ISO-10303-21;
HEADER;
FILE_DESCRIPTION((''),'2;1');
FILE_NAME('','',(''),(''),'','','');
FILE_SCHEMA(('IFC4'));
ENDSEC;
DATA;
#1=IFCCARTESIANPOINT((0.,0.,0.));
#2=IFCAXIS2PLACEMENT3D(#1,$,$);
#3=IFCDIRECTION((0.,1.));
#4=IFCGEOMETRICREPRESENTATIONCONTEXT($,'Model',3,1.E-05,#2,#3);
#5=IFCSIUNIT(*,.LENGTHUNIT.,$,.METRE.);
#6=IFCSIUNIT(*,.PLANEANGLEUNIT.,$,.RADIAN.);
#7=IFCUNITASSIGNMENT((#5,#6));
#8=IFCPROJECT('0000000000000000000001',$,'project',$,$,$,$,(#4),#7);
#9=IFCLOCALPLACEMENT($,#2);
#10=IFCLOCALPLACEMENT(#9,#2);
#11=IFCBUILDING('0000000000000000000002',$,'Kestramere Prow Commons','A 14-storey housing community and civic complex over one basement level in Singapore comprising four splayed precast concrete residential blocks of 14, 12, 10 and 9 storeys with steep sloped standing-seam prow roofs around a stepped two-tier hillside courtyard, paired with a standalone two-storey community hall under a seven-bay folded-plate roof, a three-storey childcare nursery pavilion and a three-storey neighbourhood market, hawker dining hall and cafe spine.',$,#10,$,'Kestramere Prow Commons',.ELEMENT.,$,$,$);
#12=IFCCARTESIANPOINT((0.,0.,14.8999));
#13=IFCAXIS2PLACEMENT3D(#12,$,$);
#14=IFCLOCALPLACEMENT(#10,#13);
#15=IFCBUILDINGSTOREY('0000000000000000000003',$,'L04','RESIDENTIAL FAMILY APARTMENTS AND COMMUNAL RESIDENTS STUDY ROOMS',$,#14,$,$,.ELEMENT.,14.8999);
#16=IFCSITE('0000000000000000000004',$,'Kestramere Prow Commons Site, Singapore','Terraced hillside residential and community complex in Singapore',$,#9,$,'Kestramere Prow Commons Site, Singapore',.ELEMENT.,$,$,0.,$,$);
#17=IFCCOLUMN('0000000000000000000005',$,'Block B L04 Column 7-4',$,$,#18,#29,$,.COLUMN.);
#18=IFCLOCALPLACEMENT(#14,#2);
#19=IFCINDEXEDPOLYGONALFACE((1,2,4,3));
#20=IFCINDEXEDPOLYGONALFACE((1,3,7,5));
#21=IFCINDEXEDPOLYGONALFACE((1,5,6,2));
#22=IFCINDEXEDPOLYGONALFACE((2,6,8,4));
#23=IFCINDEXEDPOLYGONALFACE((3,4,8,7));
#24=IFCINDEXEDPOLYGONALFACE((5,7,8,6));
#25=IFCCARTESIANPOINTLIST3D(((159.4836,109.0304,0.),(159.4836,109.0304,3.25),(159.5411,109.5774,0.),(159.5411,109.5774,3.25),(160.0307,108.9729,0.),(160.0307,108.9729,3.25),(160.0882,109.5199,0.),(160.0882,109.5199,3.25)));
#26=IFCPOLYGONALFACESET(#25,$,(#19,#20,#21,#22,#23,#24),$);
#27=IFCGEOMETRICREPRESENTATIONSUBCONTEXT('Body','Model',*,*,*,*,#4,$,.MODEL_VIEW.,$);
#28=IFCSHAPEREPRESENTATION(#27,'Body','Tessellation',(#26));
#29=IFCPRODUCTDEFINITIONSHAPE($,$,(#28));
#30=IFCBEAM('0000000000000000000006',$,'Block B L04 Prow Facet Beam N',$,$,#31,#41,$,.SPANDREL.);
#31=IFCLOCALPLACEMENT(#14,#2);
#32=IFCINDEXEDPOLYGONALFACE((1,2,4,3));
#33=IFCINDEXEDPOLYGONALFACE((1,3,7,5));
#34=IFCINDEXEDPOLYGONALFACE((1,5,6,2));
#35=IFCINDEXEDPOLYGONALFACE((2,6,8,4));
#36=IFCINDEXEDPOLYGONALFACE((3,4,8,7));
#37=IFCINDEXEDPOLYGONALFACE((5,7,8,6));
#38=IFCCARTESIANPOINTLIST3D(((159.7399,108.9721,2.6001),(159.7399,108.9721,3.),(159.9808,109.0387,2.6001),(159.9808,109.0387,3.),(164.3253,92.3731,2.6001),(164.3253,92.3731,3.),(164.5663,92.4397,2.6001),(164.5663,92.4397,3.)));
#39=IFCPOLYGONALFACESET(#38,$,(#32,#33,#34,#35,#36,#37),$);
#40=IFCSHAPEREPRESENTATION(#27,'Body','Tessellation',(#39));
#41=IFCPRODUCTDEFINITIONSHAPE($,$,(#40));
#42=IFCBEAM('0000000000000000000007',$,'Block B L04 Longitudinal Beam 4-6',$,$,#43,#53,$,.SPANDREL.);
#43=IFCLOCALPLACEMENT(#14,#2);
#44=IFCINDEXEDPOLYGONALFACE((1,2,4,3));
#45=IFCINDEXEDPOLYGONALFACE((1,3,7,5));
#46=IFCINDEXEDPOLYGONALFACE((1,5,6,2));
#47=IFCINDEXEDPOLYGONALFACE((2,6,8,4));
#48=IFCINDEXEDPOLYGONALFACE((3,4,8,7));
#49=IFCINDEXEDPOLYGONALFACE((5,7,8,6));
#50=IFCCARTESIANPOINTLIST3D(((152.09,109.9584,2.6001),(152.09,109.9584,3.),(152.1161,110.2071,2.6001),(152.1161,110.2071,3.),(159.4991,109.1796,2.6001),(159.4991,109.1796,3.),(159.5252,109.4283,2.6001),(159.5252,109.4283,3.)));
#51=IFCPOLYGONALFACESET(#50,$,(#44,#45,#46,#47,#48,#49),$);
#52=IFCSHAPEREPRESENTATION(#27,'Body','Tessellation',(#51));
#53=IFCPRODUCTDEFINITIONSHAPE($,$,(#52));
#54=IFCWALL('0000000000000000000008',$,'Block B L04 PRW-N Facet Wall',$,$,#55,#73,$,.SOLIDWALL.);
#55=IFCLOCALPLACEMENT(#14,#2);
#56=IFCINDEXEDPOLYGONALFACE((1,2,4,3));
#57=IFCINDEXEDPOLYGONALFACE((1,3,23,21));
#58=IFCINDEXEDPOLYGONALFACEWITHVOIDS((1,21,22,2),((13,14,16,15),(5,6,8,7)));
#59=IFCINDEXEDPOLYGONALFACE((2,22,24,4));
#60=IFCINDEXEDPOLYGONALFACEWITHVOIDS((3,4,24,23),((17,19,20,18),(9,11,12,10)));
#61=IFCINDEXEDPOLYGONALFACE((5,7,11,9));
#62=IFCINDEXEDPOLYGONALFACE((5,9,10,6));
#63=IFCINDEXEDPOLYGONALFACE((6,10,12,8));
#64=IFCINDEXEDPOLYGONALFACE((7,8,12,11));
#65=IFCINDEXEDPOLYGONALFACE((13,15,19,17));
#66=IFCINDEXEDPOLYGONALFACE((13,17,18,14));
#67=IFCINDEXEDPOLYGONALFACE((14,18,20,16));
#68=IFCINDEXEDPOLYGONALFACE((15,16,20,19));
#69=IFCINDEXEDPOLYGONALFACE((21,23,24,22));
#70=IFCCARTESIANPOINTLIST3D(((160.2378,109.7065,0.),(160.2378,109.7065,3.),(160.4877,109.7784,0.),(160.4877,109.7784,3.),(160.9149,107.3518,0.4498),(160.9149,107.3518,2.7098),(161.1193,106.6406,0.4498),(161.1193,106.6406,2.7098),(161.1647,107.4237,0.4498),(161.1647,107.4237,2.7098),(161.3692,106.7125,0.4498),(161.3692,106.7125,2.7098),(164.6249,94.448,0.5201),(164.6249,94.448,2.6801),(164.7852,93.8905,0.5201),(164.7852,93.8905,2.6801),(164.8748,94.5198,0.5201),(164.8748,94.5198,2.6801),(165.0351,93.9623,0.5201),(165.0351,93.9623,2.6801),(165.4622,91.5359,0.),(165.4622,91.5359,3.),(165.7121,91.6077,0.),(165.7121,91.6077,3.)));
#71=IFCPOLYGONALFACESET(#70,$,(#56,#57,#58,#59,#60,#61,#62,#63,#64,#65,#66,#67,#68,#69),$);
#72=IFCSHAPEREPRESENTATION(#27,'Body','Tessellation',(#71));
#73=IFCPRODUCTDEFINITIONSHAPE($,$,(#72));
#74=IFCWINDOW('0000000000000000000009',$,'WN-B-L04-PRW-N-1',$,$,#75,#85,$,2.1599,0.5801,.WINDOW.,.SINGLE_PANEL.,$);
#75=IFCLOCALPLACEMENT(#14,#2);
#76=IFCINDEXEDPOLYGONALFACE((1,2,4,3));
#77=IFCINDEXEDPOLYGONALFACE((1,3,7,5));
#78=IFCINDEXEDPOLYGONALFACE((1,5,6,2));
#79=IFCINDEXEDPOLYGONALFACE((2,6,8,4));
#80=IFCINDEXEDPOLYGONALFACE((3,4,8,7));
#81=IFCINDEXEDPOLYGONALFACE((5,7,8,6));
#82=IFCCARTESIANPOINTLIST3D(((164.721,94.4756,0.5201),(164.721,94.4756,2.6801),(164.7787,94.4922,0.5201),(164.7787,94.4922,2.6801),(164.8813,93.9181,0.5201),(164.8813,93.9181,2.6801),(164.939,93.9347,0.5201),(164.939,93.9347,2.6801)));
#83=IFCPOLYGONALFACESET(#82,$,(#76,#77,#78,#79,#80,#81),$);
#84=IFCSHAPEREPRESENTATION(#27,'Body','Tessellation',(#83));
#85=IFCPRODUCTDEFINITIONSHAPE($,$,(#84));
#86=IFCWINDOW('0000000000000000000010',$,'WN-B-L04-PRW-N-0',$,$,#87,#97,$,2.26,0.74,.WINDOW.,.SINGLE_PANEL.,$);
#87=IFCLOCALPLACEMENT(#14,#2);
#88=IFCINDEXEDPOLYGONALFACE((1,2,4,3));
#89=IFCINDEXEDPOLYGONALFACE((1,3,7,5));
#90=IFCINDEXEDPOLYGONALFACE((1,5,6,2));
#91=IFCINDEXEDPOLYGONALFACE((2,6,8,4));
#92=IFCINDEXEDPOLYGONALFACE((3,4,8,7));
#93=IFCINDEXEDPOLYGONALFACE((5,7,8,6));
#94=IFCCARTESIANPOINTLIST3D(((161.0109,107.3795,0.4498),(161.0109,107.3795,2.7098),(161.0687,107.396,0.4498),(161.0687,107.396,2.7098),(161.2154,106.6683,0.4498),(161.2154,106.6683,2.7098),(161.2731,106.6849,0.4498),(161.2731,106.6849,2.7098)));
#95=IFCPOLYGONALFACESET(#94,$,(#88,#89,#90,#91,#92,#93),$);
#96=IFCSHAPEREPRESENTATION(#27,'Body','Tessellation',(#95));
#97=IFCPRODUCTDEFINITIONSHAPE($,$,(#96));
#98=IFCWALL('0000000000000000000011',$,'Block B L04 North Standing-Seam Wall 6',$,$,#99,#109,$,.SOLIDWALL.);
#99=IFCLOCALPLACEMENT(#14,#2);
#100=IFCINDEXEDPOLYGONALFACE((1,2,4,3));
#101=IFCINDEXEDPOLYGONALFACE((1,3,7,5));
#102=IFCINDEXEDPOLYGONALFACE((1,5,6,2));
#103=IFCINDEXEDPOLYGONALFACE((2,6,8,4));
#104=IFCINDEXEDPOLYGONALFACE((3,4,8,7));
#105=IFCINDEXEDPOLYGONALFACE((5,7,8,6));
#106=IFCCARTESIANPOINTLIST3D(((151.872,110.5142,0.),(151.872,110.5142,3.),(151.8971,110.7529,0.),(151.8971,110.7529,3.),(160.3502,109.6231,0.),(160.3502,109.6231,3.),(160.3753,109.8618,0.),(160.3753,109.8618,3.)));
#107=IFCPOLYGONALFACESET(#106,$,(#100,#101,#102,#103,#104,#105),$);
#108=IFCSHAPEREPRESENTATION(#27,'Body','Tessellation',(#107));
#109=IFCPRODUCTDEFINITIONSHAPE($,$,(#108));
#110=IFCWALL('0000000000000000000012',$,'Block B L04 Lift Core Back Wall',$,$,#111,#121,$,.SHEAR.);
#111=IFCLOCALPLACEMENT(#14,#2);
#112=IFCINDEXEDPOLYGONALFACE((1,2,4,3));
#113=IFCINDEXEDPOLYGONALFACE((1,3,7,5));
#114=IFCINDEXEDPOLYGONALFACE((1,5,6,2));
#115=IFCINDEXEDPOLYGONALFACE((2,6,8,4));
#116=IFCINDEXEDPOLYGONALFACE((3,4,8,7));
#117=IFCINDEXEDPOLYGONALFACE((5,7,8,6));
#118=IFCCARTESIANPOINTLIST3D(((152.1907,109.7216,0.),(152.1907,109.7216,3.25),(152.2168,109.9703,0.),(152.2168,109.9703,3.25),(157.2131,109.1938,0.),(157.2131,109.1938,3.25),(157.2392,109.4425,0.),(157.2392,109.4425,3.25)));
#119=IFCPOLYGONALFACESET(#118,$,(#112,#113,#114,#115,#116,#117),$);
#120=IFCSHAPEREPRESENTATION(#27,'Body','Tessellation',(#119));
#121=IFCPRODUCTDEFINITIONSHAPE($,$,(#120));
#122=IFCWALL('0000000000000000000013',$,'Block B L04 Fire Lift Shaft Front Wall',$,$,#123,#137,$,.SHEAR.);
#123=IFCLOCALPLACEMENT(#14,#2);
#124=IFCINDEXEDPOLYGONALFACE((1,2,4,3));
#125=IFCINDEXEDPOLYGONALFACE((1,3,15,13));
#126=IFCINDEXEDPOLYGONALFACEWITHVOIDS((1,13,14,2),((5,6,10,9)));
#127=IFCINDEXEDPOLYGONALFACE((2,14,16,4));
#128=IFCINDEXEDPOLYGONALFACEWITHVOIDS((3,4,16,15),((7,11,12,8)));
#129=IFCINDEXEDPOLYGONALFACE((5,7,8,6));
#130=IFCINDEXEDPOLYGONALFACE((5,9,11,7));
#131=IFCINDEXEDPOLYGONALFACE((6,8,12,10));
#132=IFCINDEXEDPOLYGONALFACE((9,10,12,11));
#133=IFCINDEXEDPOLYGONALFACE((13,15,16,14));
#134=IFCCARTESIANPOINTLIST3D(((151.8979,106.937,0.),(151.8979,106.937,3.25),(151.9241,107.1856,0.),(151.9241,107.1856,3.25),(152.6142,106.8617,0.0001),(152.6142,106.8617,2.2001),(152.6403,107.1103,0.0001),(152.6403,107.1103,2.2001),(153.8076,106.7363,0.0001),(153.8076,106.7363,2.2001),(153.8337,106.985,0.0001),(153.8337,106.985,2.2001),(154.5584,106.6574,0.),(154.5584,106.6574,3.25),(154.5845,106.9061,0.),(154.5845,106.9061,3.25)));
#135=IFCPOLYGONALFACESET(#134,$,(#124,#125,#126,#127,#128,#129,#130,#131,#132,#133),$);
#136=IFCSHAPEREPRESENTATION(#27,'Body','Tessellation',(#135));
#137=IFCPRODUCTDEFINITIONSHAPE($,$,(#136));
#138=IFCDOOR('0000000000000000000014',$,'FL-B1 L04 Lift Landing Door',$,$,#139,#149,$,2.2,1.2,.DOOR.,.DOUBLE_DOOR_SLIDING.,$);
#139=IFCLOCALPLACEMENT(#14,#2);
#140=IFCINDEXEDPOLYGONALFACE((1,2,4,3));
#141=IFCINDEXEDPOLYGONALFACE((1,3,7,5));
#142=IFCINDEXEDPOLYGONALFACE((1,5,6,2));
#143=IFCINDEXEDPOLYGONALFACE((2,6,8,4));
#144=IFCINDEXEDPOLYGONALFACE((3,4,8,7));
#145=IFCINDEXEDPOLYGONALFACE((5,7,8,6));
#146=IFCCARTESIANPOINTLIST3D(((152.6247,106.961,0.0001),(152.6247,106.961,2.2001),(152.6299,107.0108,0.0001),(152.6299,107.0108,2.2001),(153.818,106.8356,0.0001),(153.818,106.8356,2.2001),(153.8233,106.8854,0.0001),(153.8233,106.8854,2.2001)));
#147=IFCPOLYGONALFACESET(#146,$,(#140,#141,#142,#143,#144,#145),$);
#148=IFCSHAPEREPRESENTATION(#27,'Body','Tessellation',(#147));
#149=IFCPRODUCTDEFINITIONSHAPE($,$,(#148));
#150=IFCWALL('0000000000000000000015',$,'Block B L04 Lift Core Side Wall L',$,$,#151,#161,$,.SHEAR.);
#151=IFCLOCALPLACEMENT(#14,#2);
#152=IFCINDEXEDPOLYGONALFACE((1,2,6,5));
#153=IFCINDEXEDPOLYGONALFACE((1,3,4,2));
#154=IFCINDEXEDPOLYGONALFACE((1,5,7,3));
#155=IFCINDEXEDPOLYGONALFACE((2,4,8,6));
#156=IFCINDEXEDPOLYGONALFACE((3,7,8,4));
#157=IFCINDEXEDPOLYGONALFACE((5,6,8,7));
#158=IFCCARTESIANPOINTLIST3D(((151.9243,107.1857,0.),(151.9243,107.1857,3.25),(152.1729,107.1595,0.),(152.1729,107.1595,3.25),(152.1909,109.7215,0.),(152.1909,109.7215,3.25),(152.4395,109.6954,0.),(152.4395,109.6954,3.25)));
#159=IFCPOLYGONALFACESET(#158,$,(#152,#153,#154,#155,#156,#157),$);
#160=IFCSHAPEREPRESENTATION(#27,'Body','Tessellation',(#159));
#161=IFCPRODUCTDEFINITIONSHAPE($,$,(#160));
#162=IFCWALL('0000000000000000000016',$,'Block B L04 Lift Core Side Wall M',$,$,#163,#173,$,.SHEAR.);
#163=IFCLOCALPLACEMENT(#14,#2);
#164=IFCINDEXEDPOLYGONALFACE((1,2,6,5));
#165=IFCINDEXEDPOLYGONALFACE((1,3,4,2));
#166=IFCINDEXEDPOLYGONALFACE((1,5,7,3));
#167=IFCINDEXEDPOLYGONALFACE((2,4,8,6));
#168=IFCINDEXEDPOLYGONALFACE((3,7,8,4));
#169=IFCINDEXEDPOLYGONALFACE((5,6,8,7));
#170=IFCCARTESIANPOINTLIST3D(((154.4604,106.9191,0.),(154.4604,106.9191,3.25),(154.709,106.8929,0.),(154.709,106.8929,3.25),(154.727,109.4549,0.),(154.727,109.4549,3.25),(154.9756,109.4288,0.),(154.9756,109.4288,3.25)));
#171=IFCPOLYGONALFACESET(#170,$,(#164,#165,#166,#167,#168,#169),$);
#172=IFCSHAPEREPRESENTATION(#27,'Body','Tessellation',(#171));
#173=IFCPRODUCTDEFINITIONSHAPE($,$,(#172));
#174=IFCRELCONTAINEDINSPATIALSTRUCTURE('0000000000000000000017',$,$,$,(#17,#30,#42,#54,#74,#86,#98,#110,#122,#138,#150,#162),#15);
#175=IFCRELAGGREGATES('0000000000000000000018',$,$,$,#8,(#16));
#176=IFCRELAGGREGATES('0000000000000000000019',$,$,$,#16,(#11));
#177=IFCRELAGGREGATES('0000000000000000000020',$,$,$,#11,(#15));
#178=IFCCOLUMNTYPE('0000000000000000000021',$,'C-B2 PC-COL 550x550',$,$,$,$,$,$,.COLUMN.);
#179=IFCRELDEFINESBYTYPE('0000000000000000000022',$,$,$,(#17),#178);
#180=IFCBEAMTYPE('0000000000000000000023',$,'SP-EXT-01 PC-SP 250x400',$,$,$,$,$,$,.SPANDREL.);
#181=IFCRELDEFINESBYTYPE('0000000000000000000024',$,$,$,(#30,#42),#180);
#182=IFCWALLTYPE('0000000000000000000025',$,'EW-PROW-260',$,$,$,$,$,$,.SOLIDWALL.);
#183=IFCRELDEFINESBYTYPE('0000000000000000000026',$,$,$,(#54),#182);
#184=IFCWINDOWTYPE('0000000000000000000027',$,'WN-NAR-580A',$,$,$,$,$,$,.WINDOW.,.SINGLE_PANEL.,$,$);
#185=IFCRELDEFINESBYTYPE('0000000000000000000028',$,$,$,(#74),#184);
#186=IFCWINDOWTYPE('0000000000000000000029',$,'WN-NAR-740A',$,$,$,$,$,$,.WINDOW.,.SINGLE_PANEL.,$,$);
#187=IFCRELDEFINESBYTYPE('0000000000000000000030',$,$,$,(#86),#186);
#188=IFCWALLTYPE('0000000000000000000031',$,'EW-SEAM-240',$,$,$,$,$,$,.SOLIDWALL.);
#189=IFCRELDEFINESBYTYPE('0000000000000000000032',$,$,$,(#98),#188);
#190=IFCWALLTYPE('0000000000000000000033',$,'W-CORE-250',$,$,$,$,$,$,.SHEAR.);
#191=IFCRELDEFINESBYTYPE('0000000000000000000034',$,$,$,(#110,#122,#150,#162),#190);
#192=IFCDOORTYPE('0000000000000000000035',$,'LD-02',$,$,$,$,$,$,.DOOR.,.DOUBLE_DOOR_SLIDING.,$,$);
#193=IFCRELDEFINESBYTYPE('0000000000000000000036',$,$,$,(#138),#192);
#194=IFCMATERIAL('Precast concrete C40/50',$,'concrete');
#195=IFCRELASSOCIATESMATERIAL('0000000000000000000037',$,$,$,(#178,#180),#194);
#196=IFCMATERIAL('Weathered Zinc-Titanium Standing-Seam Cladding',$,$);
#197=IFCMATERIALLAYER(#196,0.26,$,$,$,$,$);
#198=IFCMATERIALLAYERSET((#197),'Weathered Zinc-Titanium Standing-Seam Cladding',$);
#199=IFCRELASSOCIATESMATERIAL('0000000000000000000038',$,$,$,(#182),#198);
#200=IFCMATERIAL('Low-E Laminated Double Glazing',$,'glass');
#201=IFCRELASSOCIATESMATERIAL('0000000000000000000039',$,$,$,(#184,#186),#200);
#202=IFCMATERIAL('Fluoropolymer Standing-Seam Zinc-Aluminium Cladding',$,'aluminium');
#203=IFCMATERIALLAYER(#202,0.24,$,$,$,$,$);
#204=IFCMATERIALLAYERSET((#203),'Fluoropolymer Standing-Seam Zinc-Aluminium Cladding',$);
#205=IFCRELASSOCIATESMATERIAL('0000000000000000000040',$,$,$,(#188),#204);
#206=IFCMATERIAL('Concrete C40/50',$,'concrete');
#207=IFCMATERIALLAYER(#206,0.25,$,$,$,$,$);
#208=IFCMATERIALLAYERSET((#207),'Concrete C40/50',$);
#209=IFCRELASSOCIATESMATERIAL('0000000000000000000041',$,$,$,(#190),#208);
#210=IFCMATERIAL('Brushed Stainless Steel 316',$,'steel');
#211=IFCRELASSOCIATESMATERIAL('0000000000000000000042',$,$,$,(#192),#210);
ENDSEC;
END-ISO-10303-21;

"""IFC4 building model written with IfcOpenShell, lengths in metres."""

from ifc_helpers import new_model, si_unit, direction, frame, frame_2d, origin, origin_2d, place, context, subcontext, project, spatial, rectangle, extrude, material, layer, layer_set, material_profile, profile_set, type_object, element, fill, save


model = new_model("IFC4")

# Units and contexts
model_context = context("Model", 3, precision=1e-05, world=origin(), true_north=direction((0.0, 1.0)))
body_context = subcontext(model_context, "Body", "Model", "MODEL_VIEW")
ifc_project = project(units=[si_unit("LENGTHUNIT", "METRE"), si_unit("PLANEANGLEUNIT", "RADIAN")], contexts=[model_context])

# Site, building, storey
site_placement = place(None, origin())
site = spatial("IfcSite", under=ifc_project, at=site_placement, Name="Kestramere Prow Commons Site, Singapore", Description="Terraced hillside residential and community complex in Singapore", LongName="Kestramere Prow Commons Site, Singapore", CompositionType="ELEMENT", RefElevation=0.0)
building_placement = place(site_placement, origin())
building = spatial("IfcBuilding", under=site, at=building_placement, Name="Kestramere Prow Commons", Description="A 14-storey housing community and civic complex over one basement level in Singapore comprising four splayed precast concrete residential blocks of 14, 12, 10 and 9 storeys with steep sloped standing-seam prow roofs around a stepped two-tier hillside courtyard, paired with a standalone two-storey community hall under a seven-bay folded-plate roof, a three-storey childcare nursery pavilion and a three-storey neighbourhood market, hawker dining hall and cafe spine.", LongName="Kestramere Prow Commons", CompositionType="ELEMENT")
storey_placement = place(building_placement, frame((0.0, 0.0, 14.8999)))
storey = spatial("IfcBuildingStorey", under=building, at=storey_placement, Name="L04", Description="RESIDENTIAL FAMILY APARTMENTS AND COMMUNAL RESIDENTS STUDY ROOMS", CompositionType="ELEMENT", Elevation=14.8999)

# Column
ifc_material_1 = material(Name="Precast concrete C40/50", Category="concrete")
ifc_material_profile_1 = material_profile(ifc_material_1, rectangle(XDim=0.55, YDim=0.55, at=origin_2d()), Name="PC-COL 550x550")
ifc_profile_set_1 = profile_set([ifc_material_profile_1], Name="Precast concrete C40/50")
column_type = type_object("IfcColumnType", Name="C-B2 PC-COL 550x550", PredefinedType="COLUMN", material=ifc_profile_set_1)
column_placement = place(storey_placement, frame((159.7859, 109.2751, 0.0), z_axis=(0.0, 0.0, 1.0), x_axis=(0.994522, -0.104528, 0.0)))
element("IfcColumn", 1, at=column_placement, inside=storey, type_object=column_type, Name="Block B L04 Column 7-4", PredefinedType="COLUMN", context=body_context, shape_type="SweptSolid", body=[
    extrude(rectangle(XDim=0.55, YDim=0.55, at=origin_2d()), origin(), (0.0, 0.0, 1.0), 3.25),
])

# Beams
ifc_material_profile_2 = material_profile(ifc_material_1, rectangle(XDim=0.25, YDim=0.3999, at=origin_2d()), Name="PC-SP 250x400")
ifc_profile_set_2 = profile_set([ifc_material_profile_2], Name="Precast concrete C40/50")
beam_type = type_object("IfcBeamType", Name="SP-EXT-01 PC-SP 250x400", PredefinedType="SPANDREL", material=ifc_profile_set_2)
beam_1_placement = place(storey_placement, frame((159.8604, 109.0054, 2.8), z_axis=(0.266277, -0.963897, 0.0), x_axis=(0.963897, 0.266277, 0.0)))
element("IfcBeam", 2, at=beam_1_placement, inside=storey, type_object=beam_type, Name="Block B L04 Prow Facet Beam N", PredefinedType="SPANDREL", context=body_context, shape_type="SweptSolid", body=[
    extrude(rectangle(XDim=0.25, YDim=0.3999, at=origin_2d()), origin(), (0.0, 0.0, 1.0), 17.2207),
])
beam_2_placement = place(storey_placement, frame((152.103, 110.0828, 2.8), z_axis=(0.994521, -0.104538, 0.0), x_axis=(0.104538, 0.994521, 0.0)))
element("IfcBeam", 3, at=beam_2_placement, inside=storey, type_object=beam_type, Name="Block B L04 Longitudinal Beam 4-6", PredefinedType="SPANDREL", context=body_context, shape_type="SweptSolid", body=[
    extrude(rectangle(XDim=0.25, YDim=0.3999, at=origin_2d()), origin(), (0.0, 0.0, 1.0), 7.45),
])

# Wall, openings, windows
ifc_material_2 = material(Name="Weathered Zinc-Titanium Standing-Seam Cladding")
ifc_layer_1 = layer(ifc_material_2, 0.26)
ifc_layer_set_1 = layer_set([ifc_layer_1], Name="Weathered Zinc-Titanium Standing-Seam Cladding")
wall_type_1 = type_object("IfcWallType", Name="EW-PROW-260", PredefinedType="SOLIDWALL", material=ifc_layer_set_1)
wall_1_placement = place(storey_placement, frame((160.3628, 109.7424, 0.0), z_axis=(0.0, 0.0, 1.0), x_axis=(0.276322, -0.961065, 0.0)))
wall_1 = element("IfcWall", 4, at=wall_1_placement, inside=storey, type_object=wall_type_1, Name="Block B L04 PRW-N Facet Wall", PredefinedType="SOLIDWALL", context=body_context, shape_type="SweptSolid", body=[
    extrude(rectangle(XDim=18.9067, YDim=0.26, at=frame_2d((9.4534, 0.0))), origin(), (0.0, 0.0, 1.0), 3.0),
])
opening_1_placement = place(wall_1_placement, frame((2.45, 0.0, 0.45)))
opening_1 = element("IfcOpeningElement", 5, at=opening_1_placement, cuts=wall_1, PredefinedType="OPENING", context=body_context, shape_type="SweptSolid", body=[
    extrude(rectangle(XDim=0.74, YDim=2.26, at=frame_2d((0.3701, 1.1299))), frame((0.0, 0.145, 0.0), z_axis=(0.0, -1.0, 0.0), x_axis=(1.0, 0.0, 0.0)), (0.0, 0.0, 1.0), 0.29),
])
opening_2_placement = place(wall_1_placement, frame((15.8767, 0.0, 0.52)))
opening_2 = element("IfcOpeningElement", 6, at=opening_2_placement, cuts=wall_1, PredefinedType="OPENING", context=body_context, shape_type="SweptSolid", body=[
    extrude(rectangle(XDim=0.5801, YDim=2.1599, at=frame_2d((0.29, 1.0801))), frame((0.0, 0.145, 0.0), z_axis=(0.0, -1.0, 0.0), x_axis=(1.0, 0.0, 0.0)), (0.0, 0.0, 1.0), 0.29),
])
ifc_material_3 = material(Name="Low-E Laminated Double Glazing", Category="glass")
window_type_1 = type_object("IfcWindowType", Name="WN-NAR-580A", PartitioningType="SINGLE_PANEL", PredefinedType="WINDOW", material=ifc_material_3)
window_1_placement = place(opening_2_placement, origin())
window_1 = element("IfcWindow", 7, at=window_1_placement, inside=storey, type_object=window_type_1, Name="WN-B-L04-PRW-N-1", OverallHeight=2.1599, OverallWidth=0.5801, PartitioningType="SINGLE_PANEL", PredefinedType="WINDOW", context=body_context, shape_type="SweptSolid", body=[
    extrude(rectangle(XDim=0.5801, YDim=2.1599, at=frame_2d((0.29, 1.0801))), frame((0.0, 0.03, 0.0), z_axis=(0.0, -1.0, 0.0), x_axis=(1.0, 0.0, 0.0)), (0.0, 0.0, 1.0), 0.0601),
])
fill(opening_2, window_1)
window_type_2 = type_object("IfcWindowType", Name="WN-NAR-740A", PartitioningType="SINGLE_PANEL", PredefinedType="WINDOW", material=ifc_material_3)
window_2_placement = place(opening_1_placement, origin())
window_2 = element("IfcWindow", 8, at=window_2_placement, inside=storey, type_object=window_type_2, Name="WN-B-L04-PRW-N-0", OverallHeight=2.26, OverallWidth=0.74, PartitioningType="SINGLE_PANEL", PredefinedType="WINDOW", context=body_context, shape_type="SweptSolid", body=[
    extrude(rectangle(XDim=0.74, YDim=2.26, at=frame_2d((0.3701, 1.1299))), frame((0.0, 0.03, 0.0), z_axis=(0.0, -1.0, 0.0), x_axis=(1.0, 0.0, 0.0)), (0.0, 0.0, 1.0), 0.0601),
])
fill(opening_1, window_2)

# Walls
ifc_material_4 = material(Name="Fluoropolymer Standing-Seam Zinc-Aluminium Cladding", Category="aluminium")
ifc_layer_2 = layer(ifc_material_4, 0.24)
ifc_layer_set_2 = layer_set([ifc_layer_2], Name="Fluoropolymer Standing-Seam Zinc-Aluminium Cladding")
wall_type_2 = type_object("IfcWallType", Name="EW-SEAM-240", PredefinedType="SOLIDWALL", material=ifc_layer_set_2)
wall_2_placement = place(storey_placement, frame((151.8845, 110.6335, 0.0), z_axis=(0.0, 0.0, 1.0), x_axis=(0.994522, -0.10453, 0.0)))
element("IfcWall", 9, at=wall_2_placement, inside=storey, type_object=wall_type_2, Name="Block B L04 North Standing-Seam Wall 6", PredefinedType="SOLIDWALL", context=body_context, shape_type="SweptSolid", body=[
    extrude(rectangle(XDim=8.5249, YDim=0.24, at=frame_2d((4.2625, 0.0))), origin(), (0.0, 0.0, 1.0), 3.0),
])
ifc_material_5 = material(Name="Concrete C40/50", Category="concrete")
ifc_layer_3 = layer(ifc_material_5, 0.25)
ifc_layer_set_3 = layer_set([ifc_layer_3], Name="Concrete C40/50")
wall_type_3 = type_object("IfcWallType", Name="W-CORE-250", PredefinedType="SHEAR", material=ifc_layer_set_3)
wall_3_placement = place(storey_placement, frame((152.2039, 109.8459, 0.0), z_axis=(0.0, 0.0, 1.0), x_axis=(0.994523, -0.104519, 0.0)))
element("IfcWall", 10, at=wall_3_placement, inside=storey, type_object=wall_type_3, Name="Block B L04 Lift Core Back Wall", PredefinedType="SHEAR", context=body_context, shape_type="SweptSolid", body=[
    extrude(rectangle(XDim=5.05, YDim=0.25, at=frame_2d((2.5249, 0.0))), origin(), (0.0, 0.0, 1.0), 3.25),
])

# Wall, opening, door
wall_4_placement = place(storey_placement, frame((151.9111, 107.0613, 0.0), z_axis=(0.0, 0.0, 1.0), x_axis=(0.994525, -0.1045, 0.0)))
wall_4 = element("IfcWall", 11, at=wall_4_placement, inside=storey, type_object=wall_type_3, Name="Block B L04 Fire Lift Shaft Front Wall", PredefinedType="SHEAR", context=body_context, shape_type="SweptSolid", body=[
    extrude(rectangle(XDim=2.675, YDim=0.25, at=frame_2d((1.3374, 0.0))), origin(), (0.0, 0.0, 1.0), 3.25),
])
opening_3_placement = place(wall_4_placement, frame((0.72, 0.0, 0.0)))
opening_3 = element("IfcOpeningElement", 12, at=opening_3_placement, cuts=wall_4, PredefinedType="OPENING", context=body_context, shape_type="SweptSolid", body=[
    extrude(rectangle(XDim=1.2, YDim=2.2, at=frame_2d((0.6001, 1.1001))), frame((0.0, 0.1399, 0.0), z_axis=(0.0, -1.0, 0.0), x_axis=(1.0, 0.0, 0.0)), (0.0, 0.0, 1.0), 0.28),
])
ifc_material_6 = material(Name="Brushed Stainless Steel 316", Category="steel")
door_type_1 = type_object("IfcDoorType", Name="LD-02", OperationType="DOUBLE_DOOR_SLIDING", PredefinedType="DOOR", material=ifc_material_6)
door_1_placement = place(opening_3_placement, origin())
door_1 = element("IfcDoor", 13, at=door_1_placement, inside=storey, type_object=door_type_1, Name="FL-B1 L04 Lift Landing Door", OperationType="DOUBLE_DOOR_SLIDING", OverallHeight=2.2, OverallWidth=1.2, PredefinedType="DOOR", context=body_context, shape_type="SweptSolid", body=[
    extrude(rectangle(XDim=1.2, YDim=2.2, at=frame_2d((0.6001, 1.1001))), frame((0.0, 0.0249, 0.0), z_axis=(0.0, -1.0, 0.0), x_axis=(1.0, 0.0, 0.0)), (0.0, 0.0, 1.0), 0.05),
])
fill(opening_3, door_1)

# Walls
for number, where, z_axis, x_axis, name in (
    (14, (152.0486, 107.1726, 0.0), (0.0, 0.0, 1.0), (0.104555, 0.994519, 0.0), "Block B L04 Lift Core Side Wall L"),
    (15, (154.5847, 106.906, 0.0), (0.0, 0.0, 1.0), (0.104555, 0.994519, 0.0), "Block B L04 Lift Core Side Wall M"),
):
    element("IfcWall", number, at=place(storey_placement, frame(where, z_axis=z_axis, x_axis=x_axis)), inside=storey, type_object=wall_type_3, Name=name, PredefinedType="SHEAR", context=body_context, shape_type="SweptSolid", body=[
        extrude(rectangle(XDim=2.5498, YDim=0.25, at=frame_2d((1.2749, 0.0))), origin(), (0.0, 0.0, 1.0), 3.25),
    ])

save(model, "model.ifc")
